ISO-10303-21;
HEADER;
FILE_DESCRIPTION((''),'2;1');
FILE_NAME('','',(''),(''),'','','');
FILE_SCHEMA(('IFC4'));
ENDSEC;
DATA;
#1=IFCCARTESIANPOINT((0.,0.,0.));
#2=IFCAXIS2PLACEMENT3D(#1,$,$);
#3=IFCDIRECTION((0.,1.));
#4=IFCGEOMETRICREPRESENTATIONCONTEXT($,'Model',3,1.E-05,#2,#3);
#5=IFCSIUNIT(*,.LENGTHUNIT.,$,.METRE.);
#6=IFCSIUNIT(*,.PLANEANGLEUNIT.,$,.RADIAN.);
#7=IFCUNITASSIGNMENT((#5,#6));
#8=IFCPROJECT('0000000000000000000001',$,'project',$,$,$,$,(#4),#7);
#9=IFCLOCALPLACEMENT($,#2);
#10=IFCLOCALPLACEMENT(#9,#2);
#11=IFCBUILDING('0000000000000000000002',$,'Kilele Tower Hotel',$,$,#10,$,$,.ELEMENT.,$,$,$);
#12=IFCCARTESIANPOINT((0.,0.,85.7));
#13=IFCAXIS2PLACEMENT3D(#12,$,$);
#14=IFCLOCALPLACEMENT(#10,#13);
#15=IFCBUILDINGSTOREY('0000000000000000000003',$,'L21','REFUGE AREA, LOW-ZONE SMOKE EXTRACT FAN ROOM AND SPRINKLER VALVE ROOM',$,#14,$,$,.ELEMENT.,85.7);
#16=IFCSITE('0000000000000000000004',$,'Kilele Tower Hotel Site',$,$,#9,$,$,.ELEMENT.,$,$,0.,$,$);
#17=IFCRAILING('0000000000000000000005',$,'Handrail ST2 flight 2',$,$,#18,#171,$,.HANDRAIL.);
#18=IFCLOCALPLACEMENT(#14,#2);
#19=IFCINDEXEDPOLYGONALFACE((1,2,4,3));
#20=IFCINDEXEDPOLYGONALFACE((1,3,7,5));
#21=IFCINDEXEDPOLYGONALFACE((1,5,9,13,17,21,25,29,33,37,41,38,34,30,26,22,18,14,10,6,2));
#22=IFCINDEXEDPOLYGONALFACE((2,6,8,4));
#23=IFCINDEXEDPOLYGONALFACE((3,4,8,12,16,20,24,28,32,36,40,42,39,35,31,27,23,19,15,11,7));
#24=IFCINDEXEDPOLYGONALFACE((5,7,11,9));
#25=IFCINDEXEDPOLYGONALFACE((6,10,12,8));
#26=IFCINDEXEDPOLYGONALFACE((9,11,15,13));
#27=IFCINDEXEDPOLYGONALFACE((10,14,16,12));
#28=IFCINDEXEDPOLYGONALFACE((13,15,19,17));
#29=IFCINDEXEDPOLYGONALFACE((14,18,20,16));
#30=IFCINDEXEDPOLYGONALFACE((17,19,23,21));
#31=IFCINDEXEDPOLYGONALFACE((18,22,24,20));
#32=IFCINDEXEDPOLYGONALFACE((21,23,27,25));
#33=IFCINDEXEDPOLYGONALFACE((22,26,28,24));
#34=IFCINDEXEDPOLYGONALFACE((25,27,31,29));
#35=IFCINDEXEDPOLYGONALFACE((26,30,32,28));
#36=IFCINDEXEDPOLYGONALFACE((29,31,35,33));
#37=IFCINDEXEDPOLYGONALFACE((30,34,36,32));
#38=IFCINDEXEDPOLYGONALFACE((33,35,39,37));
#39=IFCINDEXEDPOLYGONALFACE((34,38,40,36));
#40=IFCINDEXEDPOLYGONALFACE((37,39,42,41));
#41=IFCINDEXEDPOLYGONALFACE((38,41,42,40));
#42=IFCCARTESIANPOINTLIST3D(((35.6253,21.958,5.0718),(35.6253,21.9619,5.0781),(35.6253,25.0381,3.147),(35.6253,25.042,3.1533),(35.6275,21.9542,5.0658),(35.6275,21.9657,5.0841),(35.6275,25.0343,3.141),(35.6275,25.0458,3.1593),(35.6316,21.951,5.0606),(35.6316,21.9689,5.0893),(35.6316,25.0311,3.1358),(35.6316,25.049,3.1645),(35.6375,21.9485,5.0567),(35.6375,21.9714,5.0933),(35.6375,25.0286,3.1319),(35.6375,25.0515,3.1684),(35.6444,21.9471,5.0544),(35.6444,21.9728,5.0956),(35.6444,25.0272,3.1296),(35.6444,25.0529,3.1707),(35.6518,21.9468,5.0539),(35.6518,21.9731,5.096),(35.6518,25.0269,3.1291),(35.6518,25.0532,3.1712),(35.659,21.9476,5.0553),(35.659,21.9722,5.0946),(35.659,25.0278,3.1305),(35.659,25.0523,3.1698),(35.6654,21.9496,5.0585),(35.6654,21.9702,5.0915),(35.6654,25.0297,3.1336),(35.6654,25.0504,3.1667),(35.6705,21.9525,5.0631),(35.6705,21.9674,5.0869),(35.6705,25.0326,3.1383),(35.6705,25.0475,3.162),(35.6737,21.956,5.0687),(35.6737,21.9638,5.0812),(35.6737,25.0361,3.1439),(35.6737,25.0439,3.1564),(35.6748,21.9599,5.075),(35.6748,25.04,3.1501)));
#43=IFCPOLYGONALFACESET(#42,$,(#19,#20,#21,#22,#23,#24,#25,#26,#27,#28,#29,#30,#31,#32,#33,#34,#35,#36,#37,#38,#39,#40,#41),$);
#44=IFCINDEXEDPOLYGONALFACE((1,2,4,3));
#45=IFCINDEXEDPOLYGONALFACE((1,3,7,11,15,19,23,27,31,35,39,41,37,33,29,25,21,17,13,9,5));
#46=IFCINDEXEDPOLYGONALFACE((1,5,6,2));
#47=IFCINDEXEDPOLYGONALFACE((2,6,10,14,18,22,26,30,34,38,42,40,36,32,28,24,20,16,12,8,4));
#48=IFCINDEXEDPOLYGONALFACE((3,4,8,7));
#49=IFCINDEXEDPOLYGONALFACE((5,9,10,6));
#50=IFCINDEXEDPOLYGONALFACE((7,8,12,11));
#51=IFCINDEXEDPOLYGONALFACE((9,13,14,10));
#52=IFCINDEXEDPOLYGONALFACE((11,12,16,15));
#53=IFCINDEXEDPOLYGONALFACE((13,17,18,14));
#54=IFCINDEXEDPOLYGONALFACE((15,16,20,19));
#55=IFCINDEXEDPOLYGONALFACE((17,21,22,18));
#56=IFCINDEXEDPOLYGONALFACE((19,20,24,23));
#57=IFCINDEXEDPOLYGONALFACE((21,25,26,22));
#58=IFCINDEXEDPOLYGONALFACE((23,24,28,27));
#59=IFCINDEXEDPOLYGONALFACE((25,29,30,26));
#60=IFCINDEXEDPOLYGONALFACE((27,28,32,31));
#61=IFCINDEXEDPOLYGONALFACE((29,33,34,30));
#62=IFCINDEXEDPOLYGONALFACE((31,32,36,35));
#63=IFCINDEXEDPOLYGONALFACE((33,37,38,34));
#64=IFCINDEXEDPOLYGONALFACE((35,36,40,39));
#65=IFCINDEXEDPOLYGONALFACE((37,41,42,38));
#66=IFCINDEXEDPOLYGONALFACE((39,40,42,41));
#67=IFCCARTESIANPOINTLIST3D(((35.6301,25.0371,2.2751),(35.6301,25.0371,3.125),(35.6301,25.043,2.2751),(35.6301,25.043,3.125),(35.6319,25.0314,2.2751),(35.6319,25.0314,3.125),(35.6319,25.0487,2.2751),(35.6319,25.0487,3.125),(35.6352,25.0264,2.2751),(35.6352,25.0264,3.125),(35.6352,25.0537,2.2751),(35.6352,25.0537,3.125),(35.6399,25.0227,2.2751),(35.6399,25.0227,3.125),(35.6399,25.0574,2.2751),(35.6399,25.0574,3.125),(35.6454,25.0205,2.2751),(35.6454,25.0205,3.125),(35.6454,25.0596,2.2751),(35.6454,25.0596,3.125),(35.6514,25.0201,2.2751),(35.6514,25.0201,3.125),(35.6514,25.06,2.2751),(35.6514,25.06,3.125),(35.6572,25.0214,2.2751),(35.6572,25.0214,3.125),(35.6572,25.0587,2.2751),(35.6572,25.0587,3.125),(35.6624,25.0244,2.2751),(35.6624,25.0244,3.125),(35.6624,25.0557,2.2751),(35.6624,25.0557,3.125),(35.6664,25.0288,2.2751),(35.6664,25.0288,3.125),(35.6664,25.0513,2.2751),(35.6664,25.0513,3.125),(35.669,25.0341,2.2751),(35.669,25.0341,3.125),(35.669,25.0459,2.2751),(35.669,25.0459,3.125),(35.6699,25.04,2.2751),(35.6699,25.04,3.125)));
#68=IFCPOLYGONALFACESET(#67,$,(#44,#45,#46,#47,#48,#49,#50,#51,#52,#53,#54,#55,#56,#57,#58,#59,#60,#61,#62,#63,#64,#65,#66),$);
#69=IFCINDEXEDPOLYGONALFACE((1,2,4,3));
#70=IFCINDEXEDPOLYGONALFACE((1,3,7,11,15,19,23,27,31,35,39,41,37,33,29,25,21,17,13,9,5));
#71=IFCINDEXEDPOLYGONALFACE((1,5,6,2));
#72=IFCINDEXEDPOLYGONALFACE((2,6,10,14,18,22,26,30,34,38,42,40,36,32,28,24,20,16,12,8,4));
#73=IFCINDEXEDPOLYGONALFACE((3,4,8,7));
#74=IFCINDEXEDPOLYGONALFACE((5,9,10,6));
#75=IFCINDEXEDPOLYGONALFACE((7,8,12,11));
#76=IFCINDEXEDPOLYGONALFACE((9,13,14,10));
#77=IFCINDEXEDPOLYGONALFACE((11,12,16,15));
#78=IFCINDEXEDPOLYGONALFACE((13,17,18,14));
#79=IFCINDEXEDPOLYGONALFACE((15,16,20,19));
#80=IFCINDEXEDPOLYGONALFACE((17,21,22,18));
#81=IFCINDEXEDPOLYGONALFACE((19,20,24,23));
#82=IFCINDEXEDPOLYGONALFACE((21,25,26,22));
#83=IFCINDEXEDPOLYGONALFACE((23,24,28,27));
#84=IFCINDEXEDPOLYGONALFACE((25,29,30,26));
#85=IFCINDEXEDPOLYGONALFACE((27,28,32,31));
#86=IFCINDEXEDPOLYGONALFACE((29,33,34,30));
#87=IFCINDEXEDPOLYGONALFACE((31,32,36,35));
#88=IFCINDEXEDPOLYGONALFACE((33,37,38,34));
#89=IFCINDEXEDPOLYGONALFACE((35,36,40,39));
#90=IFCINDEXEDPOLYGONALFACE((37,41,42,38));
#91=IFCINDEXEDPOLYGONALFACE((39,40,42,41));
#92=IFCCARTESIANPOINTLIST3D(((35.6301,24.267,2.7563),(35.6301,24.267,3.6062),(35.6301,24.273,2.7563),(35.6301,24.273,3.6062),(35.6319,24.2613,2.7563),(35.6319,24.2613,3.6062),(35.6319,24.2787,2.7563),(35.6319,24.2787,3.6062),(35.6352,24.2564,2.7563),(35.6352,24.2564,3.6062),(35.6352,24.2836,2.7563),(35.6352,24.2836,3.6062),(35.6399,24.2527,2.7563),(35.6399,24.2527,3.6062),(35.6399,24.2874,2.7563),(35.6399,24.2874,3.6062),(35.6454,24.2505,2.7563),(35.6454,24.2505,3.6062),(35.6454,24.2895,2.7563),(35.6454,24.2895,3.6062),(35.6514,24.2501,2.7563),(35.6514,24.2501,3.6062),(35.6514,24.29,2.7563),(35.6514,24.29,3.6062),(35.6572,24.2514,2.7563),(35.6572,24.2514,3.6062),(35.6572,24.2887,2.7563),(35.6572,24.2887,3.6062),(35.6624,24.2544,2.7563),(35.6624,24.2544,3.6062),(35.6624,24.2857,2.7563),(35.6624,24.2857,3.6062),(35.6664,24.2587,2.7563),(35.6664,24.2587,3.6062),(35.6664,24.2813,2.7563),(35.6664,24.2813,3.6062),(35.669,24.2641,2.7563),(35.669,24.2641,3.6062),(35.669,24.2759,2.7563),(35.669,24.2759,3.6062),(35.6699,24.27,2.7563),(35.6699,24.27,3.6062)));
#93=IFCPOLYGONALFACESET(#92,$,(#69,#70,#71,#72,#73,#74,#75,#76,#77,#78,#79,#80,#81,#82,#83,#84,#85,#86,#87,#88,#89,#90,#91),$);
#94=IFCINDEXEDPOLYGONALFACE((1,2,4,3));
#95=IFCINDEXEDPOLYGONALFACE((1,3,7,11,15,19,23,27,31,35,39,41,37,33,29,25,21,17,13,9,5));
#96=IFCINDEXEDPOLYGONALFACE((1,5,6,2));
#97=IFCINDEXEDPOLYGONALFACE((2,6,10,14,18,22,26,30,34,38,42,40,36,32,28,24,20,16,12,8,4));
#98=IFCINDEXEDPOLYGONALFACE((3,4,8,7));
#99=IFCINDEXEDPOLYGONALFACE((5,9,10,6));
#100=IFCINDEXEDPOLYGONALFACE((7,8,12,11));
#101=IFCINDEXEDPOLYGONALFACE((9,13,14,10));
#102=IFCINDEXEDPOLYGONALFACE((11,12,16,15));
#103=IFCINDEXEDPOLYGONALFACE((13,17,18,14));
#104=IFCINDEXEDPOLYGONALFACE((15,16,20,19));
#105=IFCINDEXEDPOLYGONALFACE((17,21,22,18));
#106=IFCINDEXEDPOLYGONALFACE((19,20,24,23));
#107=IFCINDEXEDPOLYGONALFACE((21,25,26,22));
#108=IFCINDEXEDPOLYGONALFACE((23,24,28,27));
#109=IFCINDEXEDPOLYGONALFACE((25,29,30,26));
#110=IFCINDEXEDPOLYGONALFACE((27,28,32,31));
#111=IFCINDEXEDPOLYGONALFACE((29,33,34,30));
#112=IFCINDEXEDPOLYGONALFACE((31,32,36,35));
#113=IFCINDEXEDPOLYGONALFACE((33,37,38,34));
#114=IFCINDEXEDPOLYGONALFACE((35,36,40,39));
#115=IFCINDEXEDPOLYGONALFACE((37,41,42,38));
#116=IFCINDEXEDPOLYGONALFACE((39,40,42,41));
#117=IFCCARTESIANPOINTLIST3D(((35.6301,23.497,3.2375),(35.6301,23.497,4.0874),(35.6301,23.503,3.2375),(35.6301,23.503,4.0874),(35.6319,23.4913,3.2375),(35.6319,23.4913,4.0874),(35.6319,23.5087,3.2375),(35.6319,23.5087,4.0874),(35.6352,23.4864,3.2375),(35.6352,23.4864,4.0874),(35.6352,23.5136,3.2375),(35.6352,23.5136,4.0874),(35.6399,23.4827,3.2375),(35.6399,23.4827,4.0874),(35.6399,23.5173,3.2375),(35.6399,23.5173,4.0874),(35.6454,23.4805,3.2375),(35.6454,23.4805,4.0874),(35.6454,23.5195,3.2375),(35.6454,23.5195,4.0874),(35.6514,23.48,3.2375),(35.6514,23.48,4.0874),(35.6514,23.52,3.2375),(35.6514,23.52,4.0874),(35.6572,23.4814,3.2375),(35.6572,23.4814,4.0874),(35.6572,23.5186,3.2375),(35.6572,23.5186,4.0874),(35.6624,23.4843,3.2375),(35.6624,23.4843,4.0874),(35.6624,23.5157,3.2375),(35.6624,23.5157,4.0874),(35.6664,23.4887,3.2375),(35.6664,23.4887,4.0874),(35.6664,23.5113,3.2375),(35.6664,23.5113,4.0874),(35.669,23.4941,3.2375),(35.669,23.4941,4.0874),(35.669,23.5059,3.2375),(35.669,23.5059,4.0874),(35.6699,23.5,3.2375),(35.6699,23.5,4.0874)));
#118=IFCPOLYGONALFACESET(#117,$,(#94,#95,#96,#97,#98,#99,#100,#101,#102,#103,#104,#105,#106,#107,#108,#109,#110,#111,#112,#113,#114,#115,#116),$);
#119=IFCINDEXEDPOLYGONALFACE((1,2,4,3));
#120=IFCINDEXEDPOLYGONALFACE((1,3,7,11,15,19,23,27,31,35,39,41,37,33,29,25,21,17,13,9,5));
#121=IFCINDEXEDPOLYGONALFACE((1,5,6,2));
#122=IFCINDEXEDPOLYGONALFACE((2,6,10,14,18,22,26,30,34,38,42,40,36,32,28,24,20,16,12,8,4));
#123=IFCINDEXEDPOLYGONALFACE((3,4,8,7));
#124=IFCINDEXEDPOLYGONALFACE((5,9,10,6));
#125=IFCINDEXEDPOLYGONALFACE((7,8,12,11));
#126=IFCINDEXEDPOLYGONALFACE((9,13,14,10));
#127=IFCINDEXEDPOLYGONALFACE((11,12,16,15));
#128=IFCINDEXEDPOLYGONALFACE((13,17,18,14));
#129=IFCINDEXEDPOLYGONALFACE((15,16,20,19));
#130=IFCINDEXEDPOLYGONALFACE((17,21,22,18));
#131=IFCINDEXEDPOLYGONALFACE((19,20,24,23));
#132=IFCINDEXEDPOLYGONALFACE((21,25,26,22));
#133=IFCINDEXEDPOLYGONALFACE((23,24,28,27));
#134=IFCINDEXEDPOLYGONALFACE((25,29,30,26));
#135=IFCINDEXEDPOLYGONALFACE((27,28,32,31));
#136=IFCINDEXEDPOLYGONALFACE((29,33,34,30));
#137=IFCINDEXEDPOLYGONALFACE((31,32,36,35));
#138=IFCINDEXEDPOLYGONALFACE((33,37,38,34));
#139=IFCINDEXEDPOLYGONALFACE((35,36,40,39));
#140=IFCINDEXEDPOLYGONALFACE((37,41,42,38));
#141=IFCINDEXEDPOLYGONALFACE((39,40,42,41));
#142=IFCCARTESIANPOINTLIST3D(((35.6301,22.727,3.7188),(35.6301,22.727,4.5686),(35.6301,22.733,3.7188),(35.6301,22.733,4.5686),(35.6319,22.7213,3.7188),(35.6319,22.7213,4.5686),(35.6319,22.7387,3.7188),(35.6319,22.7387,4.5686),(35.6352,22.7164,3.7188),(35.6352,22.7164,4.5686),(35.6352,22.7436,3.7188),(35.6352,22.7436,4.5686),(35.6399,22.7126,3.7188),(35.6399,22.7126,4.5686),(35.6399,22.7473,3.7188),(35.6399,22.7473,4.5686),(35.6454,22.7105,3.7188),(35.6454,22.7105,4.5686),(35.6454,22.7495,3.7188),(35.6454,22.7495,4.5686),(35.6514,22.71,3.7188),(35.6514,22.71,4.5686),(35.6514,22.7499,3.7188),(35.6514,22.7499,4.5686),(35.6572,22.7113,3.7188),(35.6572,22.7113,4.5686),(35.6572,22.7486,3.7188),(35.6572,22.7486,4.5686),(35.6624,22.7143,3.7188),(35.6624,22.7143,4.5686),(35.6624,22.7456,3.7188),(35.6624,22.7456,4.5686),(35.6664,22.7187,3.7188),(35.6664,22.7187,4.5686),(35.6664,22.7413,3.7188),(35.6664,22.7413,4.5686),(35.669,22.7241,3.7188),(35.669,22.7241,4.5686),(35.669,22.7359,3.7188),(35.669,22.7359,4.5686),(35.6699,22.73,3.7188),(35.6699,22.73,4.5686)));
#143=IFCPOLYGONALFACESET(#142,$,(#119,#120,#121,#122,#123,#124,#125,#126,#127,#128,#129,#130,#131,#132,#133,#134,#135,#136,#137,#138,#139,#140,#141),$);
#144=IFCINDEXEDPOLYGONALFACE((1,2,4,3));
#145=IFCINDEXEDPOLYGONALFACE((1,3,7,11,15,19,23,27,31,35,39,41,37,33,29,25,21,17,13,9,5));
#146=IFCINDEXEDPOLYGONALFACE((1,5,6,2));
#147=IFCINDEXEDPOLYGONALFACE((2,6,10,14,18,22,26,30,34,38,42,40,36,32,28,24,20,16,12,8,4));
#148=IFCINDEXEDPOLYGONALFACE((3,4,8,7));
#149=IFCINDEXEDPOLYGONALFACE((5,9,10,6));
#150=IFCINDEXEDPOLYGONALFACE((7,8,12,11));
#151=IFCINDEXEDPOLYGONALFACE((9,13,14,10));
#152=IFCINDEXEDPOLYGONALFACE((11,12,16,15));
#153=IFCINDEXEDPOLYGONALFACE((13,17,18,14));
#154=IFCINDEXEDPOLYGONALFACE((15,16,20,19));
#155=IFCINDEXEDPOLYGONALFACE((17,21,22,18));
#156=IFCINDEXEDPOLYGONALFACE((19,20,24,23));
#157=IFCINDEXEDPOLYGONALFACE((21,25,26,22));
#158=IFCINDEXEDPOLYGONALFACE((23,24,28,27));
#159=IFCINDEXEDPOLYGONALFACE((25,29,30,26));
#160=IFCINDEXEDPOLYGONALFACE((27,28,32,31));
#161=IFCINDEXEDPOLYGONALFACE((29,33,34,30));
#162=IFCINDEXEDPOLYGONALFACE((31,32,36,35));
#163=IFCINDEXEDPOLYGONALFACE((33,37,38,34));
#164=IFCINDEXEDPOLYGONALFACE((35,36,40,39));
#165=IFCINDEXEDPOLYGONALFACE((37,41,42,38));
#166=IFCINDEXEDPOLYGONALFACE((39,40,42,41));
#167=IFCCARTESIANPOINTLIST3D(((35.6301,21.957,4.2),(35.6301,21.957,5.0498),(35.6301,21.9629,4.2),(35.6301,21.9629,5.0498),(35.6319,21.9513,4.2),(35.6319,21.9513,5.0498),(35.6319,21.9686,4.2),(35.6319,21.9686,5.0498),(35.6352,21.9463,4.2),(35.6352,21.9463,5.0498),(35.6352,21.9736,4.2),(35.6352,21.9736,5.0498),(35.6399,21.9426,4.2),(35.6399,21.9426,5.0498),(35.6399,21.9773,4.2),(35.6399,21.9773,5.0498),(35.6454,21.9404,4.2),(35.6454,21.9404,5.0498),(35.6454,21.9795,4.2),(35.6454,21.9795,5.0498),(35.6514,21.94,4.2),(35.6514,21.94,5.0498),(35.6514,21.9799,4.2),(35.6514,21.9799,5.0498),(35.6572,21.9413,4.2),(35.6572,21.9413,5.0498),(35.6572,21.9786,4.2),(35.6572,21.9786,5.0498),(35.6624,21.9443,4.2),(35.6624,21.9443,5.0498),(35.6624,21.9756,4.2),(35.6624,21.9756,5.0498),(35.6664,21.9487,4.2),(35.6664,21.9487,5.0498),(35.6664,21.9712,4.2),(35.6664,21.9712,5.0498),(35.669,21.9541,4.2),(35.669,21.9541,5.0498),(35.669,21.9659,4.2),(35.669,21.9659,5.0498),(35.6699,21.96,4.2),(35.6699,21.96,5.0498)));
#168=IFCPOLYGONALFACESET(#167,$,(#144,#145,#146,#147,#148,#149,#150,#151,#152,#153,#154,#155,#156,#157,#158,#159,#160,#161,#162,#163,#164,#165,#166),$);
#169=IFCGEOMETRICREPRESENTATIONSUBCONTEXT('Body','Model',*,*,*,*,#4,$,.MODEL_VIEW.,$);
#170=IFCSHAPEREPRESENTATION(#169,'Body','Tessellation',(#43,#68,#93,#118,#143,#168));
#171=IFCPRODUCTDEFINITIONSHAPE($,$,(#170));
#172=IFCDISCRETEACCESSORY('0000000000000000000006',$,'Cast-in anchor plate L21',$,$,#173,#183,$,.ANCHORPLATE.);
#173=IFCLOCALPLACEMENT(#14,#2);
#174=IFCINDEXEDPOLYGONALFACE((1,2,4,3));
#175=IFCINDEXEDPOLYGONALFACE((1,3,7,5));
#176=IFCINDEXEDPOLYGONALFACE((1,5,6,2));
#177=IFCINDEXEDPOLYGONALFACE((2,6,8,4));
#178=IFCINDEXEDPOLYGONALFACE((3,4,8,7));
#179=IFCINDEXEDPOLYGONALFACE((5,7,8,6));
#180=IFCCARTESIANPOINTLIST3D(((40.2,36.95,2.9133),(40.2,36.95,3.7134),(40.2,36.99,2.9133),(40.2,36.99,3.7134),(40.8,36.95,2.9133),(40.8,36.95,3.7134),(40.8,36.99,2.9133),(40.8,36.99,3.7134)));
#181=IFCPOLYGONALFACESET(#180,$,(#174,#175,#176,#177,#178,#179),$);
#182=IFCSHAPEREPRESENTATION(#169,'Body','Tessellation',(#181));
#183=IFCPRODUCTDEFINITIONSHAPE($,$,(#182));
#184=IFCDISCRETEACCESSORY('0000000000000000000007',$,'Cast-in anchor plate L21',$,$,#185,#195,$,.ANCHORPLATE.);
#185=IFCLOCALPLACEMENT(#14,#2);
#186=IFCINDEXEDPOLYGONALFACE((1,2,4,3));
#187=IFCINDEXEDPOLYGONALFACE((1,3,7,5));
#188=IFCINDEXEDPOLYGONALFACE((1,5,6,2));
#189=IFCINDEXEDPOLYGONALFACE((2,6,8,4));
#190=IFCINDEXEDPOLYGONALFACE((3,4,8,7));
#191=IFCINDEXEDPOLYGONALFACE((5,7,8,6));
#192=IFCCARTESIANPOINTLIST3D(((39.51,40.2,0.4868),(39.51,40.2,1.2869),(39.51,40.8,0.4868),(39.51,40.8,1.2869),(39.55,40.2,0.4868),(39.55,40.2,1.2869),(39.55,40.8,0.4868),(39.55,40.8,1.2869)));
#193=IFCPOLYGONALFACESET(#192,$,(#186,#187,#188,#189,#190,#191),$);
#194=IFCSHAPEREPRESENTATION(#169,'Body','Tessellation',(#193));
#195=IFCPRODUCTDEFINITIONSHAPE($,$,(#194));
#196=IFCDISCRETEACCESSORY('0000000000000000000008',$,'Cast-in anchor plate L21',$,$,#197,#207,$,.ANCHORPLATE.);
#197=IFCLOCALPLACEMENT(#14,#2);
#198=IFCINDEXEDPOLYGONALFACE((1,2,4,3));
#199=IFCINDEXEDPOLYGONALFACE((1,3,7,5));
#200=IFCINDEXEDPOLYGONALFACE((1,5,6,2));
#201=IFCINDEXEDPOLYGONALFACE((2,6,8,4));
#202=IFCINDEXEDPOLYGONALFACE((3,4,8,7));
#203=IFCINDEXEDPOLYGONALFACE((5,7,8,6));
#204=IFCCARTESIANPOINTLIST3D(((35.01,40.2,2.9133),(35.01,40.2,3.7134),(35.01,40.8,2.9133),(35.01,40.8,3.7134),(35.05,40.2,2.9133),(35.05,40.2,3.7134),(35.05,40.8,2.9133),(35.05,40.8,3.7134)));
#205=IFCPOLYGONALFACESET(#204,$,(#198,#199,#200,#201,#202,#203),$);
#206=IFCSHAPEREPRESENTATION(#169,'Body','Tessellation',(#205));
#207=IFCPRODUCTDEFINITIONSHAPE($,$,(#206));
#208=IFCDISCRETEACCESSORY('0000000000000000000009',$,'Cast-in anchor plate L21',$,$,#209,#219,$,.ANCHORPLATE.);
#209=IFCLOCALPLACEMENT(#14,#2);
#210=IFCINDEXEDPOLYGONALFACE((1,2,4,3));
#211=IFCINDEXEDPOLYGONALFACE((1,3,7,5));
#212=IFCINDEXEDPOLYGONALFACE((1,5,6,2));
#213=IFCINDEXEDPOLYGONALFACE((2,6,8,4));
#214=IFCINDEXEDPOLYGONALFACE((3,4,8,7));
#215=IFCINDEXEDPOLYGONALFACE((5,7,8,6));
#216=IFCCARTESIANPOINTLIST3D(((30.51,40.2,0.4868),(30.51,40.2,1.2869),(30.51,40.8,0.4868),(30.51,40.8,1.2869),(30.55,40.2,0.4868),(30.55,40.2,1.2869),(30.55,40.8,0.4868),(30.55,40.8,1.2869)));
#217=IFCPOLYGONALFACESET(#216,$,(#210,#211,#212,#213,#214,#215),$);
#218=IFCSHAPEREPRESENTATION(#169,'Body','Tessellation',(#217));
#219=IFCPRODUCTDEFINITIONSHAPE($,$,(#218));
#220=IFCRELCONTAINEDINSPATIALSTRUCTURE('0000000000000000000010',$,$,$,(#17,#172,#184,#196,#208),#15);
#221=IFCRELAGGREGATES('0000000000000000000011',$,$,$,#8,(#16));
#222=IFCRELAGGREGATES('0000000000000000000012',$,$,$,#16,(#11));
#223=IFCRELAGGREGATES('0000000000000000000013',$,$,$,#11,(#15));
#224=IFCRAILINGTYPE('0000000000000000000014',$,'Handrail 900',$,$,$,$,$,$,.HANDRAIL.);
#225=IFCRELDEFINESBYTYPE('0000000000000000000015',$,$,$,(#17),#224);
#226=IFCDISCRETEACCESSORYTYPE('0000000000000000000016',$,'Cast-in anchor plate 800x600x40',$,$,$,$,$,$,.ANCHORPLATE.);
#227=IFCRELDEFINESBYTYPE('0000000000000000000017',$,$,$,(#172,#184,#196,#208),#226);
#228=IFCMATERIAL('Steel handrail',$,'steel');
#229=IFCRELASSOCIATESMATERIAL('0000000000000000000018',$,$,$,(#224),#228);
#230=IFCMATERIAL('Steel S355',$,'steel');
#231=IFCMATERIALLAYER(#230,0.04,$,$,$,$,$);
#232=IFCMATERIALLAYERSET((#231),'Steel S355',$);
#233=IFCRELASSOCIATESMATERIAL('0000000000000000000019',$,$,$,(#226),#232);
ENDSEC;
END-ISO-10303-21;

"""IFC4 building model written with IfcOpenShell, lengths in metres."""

from ifc_helpers import new_model, si_unit, direction, frame, origin, origin_2d, place, context, subcontext, project, spatial, polyline, circle, outline, extrude, source, transform, mapped, material, layer, layer_set, type_object, element, save


model = new_model("IFC4")

# Units and contexts
model_context = context("Model", 3, precision=1e-05, world=origin(), true_north=direction((0.0, 1.0)))
body_context = subcontext(model_context, "Body", "Model", "MODEL_VIEW")
ifc_project = project(units=[si_unit("LENGTHUNIT", "METRE"), si_unit("PLANEANGLEUNIT", "RADIAN")], contexts=[model_context])

# Site, building, storey
site_placement = place(None, origin())
site = spatial("IfcSite", under=ifc_project, at=site_placement, Name="Kilele Tower Hotel Site", CompositionType="ELEMENT", RefElevation=0.0)
building_placement = place(site_placement, origin())
building = spatial("IfcBuilding", under=site, at=building_placement, Name="Kilele Tower Hotel", CompositionType="ELEMENT")
storey_placement = place(building_placement, frame((0.0, 0.0, 85.7)))
storey = spatial("IfcBuildingStorey", under=building, at=storey_placement, Name="L21", Description="REFUGE AREA, LOW-ZONE SMOKE EXTRACT FAN ROOM AND SPRINKLER VALVE ROOM", CompositionType="ELEMENT", Elevation=85.7)

# Railing
ifc_material_1 = material(Name="Steel handrail", Category="steel")
railing_type_1 = type_object("IfcRailingType", Name="Handrail 900", PredefinedType="HANDRAIL", material=ifc_material_1)
for number, where, name in (
    (1, (35.6499, 25.04, 2.2751), "Handrail ST2 flight 2"),
):
    element("IfcRailing", number, at=place(storey_placement, frame(where)), inside=storey, type_object=railing_type_1, Name=name, PredefinedType="HANDRAIL", context=body_context, shape_type="SweptSolid", body=[
        extrude(circle(Radius=0.0249, at=origin_2d()), frame((0.0, 0.0, 0.875), z_axis=(0.0, -0.848029, 0.529951), x_axis=(1.0, 0.0, 0.0)), (0.0, 0.0, 1.0), 3.6321),
        extrude(circle(Radius=0.02, at=origin_2d()), origin(), (0.0, 0.0, 1.0), 0.8499),
        extrude(circle(Radius=0.02, at=origin_2d()), frame((0.0, -0.77, 0.4812)), (0.0, 0.0, 1.0), 0.8499),
        extrude(circle(Radius=0.02, at=origin_2d()), frame((0.0, -1.54, 0.9624)), (0.0, 0.0, 1.0), 0.8499),
        extrude(circle(Radius=0.02, at=origin_2d()), frame((0.0, -2.3101, 1.4436)), (0.0, 0.0, 1.0), 0.8499),
        extrude(circle(Radius=0.02, at=origin_2d()), frame((0.0, -3.0801, 1.9248)), (0.0, 0.0, 1.0), 0.8499),
    ])

# Discrete accessories
ifc_material_2 = material(Name="Steel S355", Category="steel")
ifc_layer_1 = layer(ifc_material_2, 0.04)
ifc_layer_set_1 = layer_set([ifc_layer_1], Name="Steel S355")
discrete_accessory_type = type_object("IfcDiscreteAccessoryType", Name="Cast-in anchor plate 800x600x40", PredefinedType="ANCHORPLATE", material=ifc_layer_set_1)
shared_shape = source(origin(), body_context, "Body", "SweptSolid", [
    extrude(outline(polyline([(0.0, 0.0), (0.04, 0.0), (0.04, 0.8), (0.0, 0.8), (0.0, 0.0)])), origin(), (0.0, 0.0, 1.0), 0.6001),
])
for number, where, z_axis, x_axis, name in (
    (2, (40.2, 36.95, 2.9133), (1.0, 0.0, 0.0), (0.0, 1.0, 0.0), "Cast-in anchor plate L21"),
    (3, (39.55, 40.2, 0.4868), (0.0, 1.0, 0.0), (-1.0, 0.0, 0.0), "Cast-in anchor plate L21"),
    (4, (35.05, 40.2, 2.9133), (0.0, 1.0, 0.0), (-1.0, 0.0, 0.0), "Cast-in anchor plate L21"),
    (5, (30.55, 40.2, 0.4868), (0.0, 1.0, 0.0), (-1.0, 0.0, 0.0), "Cast-in anchor plate L21"),
):
    element("IfcDiscreteAccessory", number, at=place(storey_placement, frame(where, z_axis=z_axis, x_axis=x_axis)), inside=storey, type_object=discrete_accessory_type, Name=name, PredefinedType="ANCHORPLATE", context=body_context, shape_type="MappedRepresentation", body=[
        mapped(shared_shape, transform((0.0, 0.0, 0.0))),
    ])

save(model, "model.ifc")
